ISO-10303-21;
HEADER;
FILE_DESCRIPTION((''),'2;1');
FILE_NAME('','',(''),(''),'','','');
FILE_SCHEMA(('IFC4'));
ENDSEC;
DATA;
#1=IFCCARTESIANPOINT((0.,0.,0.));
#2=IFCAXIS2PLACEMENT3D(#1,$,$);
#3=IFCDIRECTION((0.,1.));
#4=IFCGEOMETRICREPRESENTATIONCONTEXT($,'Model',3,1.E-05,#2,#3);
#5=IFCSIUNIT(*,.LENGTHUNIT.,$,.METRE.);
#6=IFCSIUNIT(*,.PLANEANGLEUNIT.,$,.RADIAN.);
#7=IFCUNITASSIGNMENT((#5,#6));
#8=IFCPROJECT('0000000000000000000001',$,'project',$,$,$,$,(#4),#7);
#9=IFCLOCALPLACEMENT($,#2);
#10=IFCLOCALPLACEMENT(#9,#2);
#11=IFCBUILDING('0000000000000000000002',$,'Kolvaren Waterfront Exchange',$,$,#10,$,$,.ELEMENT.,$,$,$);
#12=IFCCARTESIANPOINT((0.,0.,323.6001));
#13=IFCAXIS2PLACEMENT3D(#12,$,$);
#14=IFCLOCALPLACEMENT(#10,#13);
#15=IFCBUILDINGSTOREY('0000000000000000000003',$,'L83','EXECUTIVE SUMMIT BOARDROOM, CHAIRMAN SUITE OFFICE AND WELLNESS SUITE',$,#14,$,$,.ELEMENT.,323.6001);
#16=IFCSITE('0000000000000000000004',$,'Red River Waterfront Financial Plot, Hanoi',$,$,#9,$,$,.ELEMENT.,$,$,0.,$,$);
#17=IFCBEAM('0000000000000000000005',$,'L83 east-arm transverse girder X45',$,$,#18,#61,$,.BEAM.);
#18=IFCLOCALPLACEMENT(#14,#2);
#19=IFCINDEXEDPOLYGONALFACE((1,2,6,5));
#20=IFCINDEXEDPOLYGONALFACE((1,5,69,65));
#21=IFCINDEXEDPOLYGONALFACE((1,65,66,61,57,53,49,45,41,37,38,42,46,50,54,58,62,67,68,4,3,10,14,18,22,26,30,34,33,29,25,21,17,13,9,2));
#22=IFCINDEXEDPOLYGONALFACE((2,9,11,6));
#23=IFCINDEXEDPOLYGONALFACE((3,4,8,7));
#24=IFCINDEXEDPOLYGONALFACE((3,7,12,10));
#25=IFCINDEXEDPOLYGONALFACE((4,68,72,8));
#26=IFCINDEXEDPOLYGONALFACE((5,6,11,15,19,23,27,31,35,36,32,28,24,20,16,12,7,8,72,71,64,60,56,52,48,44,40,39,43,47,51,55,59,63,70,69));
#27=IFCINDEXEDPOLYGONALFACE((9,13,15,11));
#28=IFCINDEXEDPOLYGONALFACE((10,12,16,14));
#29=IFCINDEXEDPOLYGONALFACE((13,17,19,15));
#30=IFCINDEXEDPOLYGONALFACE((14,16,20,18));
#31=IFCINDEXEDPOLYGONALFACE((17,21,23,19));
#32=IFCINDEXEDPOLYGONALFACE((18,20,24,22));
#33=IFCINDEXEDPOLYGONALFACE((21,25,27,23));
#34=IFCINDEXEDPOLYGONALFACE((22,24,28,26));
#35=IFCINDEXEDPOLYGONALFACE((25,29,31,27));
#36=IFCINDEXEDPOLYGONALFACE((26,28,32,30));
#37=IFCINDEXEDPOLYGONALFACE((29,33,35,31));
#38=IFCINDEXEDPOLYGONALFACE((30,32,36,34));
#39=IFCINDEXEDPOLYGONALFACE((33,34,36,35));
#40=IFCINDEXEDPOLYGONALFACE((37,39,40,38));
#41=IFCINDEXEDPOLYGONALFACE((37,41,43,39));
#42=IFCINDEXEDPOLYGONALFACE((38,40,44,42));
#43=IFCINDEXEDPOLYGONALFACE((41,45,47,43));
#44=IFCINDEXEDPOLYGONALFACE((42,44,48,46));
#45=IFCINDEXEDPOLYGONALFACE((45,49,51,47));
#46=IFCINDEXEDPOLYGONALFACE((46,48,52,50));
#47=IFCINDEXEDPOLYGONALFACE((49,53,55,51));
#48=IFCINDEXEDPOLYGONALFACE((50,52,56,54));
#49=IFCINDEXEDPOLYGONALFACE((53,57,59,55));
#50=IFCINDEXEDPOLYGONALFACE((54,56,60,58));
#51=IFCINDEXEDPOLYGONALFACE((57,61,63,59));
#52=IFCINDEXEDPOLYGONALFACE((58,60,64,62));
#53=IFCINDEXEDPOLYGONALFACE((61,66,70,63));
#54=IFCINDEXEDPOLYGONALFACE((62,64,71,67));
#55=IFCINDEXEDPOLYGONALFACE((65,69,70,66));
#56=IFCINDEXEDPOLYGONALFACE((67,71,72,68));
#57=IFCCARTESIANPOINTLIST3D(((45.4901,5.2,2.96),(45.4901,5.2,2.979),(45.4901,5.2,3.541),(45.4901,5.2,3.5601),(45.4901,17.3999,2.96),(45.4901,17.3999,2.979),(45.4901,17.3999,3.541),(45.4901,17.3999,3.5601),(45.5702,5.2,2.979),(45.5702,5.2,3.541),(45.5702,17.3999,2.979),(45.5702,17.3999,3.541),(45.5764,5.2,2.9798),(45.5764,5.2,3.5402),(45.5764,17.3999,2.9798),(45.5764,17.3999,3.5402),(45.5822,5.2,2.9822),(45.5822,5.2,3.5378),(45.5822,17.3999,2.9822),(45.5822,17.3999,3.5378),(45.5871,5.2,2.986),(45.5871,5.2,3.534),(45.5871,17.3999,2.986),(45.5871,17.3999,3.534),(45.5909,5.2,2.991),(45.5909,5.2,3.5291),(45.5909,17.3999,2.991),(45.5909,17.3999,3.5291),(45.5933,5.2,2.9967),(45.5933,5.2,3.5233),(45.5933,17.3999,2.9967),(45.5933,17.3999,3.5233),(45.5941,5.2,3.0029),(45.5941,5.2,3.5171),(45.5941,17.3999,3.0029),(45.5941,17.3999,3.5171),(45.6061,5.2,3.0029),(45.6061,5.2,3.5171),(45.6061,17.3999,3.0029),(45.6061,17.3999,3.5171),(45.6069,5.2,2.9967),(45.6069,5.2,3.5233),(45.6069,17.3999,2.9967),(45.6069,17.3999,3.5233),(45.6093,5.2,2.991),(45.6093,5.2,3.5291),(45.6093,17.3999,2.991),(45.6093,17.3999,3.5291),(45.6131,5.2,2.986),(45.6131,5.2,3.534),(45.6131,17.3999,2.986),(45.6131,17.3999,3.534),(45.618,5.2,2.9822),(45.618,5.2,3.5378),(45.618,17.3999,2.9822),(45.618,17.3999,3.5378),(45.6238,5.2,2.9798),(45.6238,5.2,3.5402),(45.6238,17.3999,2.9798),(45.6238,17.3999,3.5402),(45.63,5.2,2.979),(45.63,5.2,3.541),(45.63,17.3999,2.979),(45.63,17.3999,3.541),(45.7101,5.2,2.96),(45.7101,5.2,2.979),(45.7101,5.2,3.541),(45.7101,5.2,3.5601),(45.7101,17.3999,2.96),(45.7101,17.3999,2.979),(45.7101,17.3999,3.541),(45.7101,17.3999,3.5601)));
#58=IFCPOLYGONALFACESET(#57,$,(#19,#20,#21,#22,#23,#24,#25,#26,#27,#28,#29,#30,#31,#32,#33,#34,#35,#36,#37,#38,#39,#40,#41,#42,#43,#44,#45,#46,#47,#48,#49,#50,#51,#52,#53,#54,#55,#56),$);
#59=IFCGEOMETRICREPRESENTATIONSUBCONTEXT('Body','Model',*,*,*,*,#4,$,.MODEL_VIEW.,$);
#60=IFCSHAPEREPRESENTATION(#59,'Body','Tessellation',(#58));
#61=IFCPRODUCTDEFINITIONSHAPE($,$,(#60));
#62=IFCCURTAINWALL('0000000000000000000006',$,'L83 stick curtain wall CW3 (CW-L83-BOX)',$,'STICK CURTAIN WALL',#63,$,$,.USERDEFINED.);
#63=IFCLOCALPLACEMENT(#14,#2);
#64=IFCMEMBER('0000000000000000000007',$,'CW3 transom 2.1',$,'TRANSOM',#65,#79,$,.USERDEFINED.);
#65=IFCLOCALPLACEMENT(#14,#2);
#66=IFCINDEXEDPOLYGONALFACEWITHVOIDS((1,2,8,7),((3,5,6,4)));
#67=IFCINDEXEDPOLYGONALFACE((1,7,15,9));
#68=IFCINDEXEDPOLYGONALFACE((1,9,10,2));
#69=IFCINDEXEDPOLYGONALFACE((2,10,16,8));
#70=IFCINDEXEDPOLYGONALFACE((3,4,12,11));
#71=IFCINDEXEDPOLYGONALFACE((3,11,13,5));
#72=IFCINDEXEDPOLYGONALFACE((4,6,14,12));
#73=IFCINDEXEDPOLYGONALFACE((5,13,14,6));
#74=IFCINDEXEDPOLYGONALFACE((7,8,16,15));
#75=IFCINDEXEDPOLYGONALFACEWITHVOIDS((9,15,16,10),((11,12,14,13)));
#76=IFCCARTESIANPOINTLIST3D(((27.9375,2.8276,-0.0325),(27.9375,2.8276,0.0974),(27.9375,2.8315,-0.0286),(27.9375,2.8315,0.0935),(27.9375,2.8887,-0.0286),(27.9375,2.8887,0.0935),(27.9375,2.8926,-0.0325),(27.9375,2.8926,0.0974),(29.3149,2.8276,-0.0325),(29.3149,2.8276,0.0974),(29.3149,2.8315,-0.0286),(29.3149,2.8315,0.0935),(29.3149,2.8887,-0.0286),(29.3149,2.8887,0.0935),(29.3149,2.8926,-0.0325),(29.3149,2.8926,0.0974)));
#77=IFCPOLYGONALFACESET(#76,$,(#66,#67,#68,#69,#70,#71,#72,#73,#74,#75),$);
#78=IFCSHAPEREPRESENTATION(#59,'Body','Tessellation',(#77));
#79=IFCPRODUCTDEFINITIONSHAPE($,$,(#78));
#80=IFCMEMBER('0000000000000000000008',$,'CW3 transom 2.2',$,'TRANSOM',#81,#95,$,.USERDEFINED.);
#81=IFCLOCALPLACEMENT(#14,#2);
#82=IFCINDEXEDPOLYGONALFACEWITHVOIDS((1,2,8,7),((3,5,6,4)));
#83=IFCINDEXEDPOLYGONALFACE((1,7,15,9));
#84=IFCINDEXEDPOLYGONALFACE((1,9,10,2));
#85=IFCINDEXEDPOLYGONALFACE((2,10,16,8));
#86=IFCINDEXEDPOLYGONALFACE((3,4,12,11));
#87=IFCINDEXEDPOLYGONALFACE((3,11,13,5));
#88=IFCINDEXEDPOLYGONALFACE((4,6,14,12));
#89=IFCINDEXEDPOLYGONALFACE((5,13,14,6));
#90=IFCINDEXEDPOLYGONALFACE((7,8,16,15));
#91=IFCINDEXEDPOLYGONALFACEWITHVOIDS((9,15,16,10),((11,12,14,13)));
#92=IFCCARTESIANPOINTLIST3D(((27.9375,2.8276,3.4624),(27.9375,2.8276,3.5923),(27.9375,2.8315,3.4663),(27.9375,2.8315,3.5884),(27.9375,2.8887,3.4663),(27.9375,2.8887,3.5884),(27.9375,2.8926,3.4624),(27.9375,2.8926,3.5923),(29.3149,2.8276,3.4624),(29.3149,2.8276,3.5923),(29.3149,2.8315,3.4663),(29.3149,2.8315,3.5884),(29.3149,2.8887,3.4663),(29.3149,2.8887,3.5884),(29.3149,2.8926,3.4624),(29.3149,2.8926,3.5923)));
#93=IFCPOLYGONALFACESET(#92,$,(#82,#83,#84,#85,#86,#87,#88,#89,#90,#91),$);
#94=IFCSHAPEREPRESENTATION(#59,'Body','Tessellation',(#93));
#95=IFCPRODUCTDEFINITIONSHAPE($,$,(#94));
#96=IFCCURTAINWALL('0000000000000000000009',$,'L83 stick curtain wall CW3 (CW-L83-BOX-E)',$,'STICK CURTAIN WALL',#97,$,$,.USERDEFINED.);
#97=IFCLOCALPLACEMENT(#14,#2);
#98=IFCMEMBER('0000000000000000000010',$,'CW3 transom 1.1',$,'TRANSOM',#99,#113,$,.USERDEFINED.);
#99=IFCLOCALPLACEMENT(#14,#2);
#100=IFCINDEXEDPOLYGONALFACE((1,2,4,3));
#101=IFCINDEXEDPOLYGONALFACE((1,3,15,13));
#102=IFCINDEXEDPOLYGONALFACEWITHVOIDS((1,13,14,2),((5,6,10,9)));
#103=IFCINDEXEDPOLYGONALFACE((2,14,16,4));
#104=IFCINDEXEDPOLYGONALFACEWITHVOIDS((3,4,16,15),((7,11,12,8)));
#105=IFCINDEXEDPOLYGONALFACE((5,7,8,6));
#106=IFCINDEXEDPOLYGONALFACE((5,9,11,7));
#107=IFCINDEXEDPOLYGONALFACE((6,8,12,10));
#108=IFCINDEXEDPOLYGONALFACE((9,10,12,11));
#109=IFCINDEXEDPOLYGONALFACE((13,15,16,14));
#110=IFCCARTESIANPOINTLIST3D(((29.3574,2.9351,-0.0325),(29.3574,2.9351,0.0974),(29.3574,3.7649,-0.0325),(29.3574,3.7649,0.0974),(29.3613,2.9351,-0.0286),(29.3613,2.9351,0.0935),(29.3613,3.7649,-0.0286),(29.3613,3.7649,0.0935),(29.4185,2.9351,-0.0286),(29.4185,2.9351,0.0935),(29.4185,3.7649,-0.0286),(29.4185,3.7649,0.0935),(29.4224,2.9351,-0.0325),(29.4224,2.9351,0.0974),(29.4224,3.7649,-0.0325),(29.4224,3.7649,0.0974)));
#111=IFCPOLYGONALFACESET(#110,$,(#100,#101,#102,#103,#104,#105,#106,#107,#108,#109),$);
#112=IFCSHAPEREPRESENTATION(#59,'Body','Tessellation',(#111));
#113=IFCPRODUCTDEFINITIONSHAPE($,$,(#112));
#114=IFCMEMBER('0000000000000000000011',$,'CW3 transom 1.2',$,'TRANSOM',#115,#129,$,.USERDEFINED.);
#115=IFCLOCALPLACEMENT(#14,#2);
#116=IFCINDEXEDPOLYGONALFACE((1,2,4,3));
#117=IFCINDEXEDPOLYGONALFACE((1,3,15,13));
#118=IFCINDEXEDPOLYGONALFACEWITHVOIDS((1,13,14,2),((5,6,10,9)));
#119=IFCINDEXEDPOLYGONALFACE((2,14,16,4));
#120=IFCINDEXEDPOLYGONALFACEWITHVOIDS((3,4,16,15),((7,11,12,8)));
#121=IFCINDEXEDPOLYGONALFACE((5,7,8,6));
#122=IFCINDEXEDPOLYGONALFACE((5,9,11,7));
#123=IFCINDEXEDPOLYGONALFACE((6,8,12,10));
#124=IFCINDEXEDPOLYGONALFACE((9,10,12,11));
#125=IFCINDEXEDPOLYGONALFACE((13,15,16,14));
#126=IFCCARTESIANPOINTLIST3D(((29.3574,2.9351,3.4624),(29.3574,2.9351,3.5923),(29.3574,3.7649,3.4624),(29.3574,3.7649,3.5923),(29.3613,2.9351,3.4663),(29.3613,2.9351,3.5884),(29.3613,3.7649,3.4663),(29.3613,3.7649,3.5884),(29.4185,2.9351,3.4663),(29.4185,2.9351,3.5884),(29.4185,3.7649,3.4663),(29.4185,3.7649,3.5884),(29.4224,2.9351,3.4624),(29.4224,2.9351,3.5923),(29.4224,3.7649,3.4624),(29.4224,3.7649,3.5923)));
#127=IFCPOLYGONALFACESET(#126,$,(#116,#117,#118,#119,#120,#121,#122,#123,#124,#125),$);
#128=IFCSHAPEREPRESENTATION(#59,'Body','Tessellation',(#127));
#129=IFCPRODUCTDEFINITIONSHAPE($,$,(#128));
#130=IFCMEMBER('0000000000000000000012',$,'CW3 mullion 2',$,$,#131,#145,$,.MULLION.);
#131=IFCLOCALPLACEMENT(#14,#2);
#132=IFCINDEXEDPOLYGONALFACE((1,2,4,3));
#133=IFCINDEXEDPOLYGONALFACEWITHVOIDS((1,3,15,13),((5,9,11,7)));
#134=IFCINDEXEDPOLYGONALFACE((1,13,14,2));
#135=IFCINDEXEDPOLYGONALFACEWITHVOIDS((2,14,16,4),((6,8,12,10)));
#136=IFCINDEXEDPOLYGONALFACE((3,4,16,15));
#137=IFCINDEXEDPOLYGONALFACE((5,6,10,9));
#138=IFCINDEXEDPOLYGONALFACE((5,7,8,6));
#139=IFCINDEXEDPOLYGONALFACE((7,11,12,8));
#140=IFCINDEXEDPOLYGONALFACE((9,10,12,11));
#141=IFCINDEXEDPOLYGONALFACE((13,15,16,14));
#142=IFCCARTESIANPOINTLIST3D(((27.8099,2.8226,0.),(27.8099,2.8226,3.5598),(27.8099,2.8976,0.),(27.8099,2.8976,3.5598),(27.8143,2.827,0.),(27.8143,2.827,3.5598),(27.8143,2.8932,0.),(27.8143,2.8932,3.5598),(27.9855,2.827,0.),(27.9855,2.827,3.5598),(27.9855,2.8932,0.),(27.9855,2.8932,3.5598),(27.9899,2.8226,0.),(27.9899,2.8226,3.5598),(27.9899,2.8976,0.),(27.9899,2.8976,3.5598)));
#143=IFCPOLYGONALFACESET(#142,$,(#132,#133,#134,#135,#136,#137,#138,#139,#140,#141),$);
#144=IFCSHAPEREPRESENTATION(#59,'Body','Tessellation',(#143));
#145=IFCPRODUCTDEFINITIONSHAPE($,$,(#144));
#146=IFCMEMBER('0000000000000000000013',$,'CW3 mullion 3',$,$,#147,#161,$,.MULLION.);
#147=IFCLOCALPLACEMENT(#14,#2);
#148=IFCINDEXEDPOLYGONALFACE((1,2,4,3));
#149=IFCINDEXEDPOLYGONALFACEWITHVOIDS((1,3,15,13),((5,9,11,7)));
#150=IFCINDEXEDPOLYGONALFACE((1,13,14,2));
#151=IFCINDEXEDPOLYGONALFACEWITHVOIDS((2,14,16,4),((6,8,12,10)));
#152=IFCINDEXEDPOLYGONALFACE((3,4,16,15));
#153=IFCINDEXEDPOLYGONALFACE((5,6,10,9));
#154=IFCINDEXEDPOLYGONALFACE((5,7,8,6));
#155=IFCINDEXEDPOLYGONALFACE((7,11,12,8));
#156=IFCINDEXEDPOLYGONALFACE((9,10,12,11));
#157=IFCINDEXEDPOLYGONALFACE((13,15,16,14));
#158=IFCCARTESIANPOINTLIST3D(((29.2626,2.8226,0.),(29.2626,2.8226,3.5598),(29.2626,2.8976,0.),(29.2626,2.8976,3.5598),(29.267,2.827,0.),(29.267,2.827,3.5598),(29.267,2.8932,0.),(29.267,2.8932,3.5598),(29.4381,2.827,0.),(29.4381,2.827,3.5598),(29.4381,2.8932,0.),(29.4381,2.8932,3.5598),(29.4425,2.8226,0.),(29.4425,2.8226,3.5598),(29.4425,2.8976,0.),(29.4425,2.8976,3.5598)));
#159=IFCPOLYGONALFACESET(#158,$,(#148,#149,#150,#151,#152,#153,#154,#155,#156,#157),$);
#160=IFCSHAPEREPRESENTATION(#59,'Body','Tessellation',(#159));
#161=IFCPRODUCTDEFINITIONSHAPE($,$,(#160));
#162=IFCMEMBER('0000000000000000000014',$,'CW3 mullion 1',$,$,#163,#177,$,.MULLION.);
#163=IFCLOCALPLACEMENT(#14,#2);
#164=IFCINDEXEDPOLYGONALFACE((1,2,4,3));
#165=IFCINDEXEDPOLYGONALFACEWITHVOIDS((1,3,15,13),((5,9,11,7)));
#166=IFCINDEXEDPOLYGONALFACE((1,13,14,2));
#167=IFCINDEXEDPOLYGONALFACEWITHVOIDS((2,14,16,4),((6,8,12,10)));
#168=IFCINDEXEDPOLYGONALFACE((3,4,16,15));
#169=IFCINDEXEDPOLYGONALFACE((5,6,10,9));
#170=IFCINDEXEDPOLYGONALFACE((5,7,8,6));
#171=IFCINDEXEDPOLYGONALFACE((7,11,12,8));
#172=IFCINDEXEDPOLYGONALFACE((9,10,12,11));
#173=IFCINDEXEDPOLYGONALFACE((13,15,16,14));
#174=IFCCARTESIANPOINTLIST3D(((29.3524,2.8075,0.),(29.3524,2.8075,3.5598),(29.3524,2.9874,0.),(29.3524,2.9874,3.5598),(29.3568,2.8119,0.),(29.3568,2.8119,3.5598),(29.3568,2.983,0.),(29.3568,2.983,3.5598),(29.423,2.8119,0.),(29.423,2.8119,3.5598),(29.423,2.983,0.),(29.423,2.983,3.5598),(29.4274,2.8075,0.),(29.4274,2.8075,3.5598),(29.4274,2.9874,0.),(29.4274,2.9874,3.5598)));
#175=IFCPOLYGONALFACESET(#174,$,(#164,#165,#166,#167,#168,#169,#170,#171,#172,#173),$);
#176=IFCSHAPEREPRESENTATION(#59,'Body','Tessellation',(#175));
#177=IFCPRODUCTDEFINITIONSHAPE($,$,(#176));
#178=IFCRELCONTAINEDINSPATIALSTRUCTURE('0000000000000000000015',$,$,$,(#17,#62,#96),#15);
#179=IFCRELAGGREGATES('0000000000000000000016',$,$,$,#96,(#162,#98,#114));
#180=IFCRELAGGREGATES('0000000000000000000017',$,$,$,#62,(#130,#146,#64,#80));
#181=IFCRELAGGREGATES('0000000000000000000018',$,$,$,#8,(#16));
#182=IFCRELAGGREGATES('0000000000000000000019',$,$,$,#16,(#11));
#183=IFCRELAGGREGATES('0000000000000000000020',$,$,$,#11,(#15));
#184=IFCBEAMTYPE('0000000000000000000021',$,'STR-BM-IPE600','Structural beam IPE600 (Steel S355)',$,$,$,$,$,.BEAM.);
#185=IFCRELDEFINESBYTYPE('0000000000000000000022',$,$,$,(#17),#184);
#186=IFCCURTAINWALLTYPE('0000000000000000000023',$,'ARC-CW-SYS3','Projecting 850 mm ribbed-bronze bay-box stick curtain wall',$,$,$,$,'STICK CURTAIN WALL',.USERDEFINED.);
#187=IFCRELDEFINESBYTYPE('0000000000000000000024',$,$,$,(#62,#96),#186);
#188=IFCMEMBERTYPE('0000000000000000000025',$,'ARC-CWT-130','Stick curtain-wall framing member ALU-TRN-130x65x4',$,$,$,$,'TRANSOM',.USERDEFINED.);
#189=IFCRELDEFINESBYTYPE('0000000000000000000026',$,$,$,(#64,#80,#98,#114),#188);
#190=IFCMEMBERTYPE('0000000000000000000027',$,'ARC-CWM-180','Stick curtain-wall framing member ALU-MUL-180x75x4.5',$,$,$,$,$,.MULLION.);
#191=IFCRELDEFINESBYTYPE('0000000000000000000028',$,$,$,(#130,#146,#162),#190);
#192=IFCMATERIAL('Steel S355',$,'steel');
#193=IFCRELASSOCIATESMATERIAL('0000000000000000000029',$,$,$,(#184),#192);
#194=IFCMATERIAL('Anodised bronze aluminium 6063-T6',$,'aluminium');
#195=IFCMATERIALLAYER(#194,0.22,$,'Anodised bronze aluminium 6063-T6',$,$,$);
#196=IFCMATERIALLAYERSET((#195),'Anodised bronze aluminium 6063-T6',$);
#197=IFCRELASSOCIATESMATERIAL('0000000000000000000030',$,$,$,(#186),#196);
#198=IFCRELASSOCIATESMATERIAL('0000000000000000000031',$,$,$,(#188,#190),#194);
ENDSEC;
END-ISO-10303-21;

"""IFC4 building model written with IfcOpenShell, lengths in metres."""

from ifc_helpers import new_model, si_unit, direction, frame, origin, origin_with_axes, origin_2d, place, context, subcontext, project, spatial, hollow_rectangle, i_section, extrude, source, transform, mapped, material, layer, layer_set, material_profile, profile_set, type_object, element, aggregate, save


model = new_model("IFC4")

# Units and contexts
model_context = context("Model", 3, precision=1e-05, world=origin(), true_north=direction((0.0, 1.0)))
body_context = subcontext(model_context, "Body", "Model", "MODEL_VIEW")
ifc_project = project(units=[si_unit("LENGTHUNIT", "METRE"), si_unit("PLANEANGLEUNIT", "RADIAN")], contexts=[model_context])

# Site, building, storey
site_placement = place(None, origin())
site = spatial("IfcSite", under=ifc_project, at=site_placement, Name="Red River Waterfront Financial Plot, Hanoi", CompositionType="ELEMENT", RefElevation=0.0)
building_placement = place(site_placement, origin())
building = spatial("IfcBuilding", under=site, at=building_placement, Name="Kolvaren Waterfront Exchange", CompositionType="ELEMENT")
storey_placement = place(building_placement, frame((0.0, 0.0, 323.6001)))
storey = spatial("IfcBuildingStorey", under=building, at=storey_placement, Name="L83", Description="EXECUTIVE SUMMIT BOARDROOM, CHAIRMAN SUITE OFFICE AND WELLNESS SUITE", CompositionType="ELEMENT", Elevation=323.6001)

# Beam
ifc_material_1 = material(Name="Steel S355", Category="steel")
ifc_material_profile_1 = material_profile(ifc_material_1, i_section(OverallWidth=0.22, OverallDepth=0.6001, WebThickness=0.012, FlangeThickness=0.019, FilletRadius=0.0239, at=origin_2d()), Name="IPE600")
ifc_profile_set_1 = profile_set([ifc_material_profile_1], Name="Steel S355")
beam_type_1 = type_object("IfcBeamType", Name="STR-BM-IPE600", Description="Structural beam IPE600 (Steel S355)", PredefinedType="BEAM", material=ifc_profile_set_1)
for number, where, z_axis, x_axis, name in (
    (1, (45.6001, 5.2, 3.26), (0.0, 1.0, 0.0), (-1.0, 0.0, 0.0), "L83 east-arm transverse girder X45"),
):
    element("IfcBeam", number, at=place(storey_placement, frame(where, z_axis=z_axis, x_axis=x_axis)), inside=storey, type_object=beam_type_1, Name=name, PredefinedType="BEAM", context=body_context, shape_type="SweptSolid", body=[
        extrude(i_section(OverallWidth=0.22, OverallDepth=0.6001, WebThickness=0.012, FlangeThickness=0.019, FilletRadius=0.0239, at=origin_2d()), origin(), (0.0, 0.0, 1.0), 12.2),
    ])

# Curtain walls, members
ifc_material_2 = material(Name="Anodised bronze aluminium 6063-T6", Category="aluminium")
ifc_layer_1 = layer(ifc_material_2, 0.22, Name="Anodised bronze aluminium 6063-T6")
ifc_layer_set_1 = layer_set([ifc_layer_1], Name="Anodised bronze aluminium 6063-T6")
curtain_wall_type_1 = type_object("IfcCurtainWallType", Name="ARC-CW-SYS3", Description="Projecting 850 mm ribbed-bronze bay-box stick curtain wall", ElementType="STICK CURTAIN WALL", PredefinedType="USERDEFINED", material=ifc_layer_set_1)
curtain_wall_1_placement = place(storey_placement, origin())
curtain_wall_1 = element("IfcCurtainWall", 2, at=curtain_wall_1_placement, inside=storey, type_object=curtain_wall_type_1, Name="L83 stick curtain wall CW3 (CW-L83-BOX)", ObjectType="STICK CURTAIN WALL", PredefinedType="USERDEFINED")
ifc_material_profile_2 = material_profile(ifc_material_2, hollow_rectangle(XDim=0.0649, YDim=0.1299, WallThickness=0.0039, at=origin_2d()), Name="ALU-TRN-130x65x4")
ifc_profile_set_2 = profile_set([ifc_material_profile_2], Name="Anodised bronze aluminium 6063-T6")
member_type_1 = type_object("IfcMemberType", Name="ARC-CWT-130", Description="Stick curtain-wall framing member ALU-TRN-130x65x4", ElementType="TRANSOM", PredefinedType="USERDEFINED", material=ifc_profile_set_2)
shared_shape_1 = source(origin_with_axes(), body_context, "Body", "SweptSolid", [
    extrude(hollow_rectangle(XDim=0.0649, YDim=0.1299, WallThickness=0.0039, at=origin_2d()), origin(), (0.0, 0.0, 1.0), 1.3774),
])
member_1_placement = place(storey_placement, frame((27.9375, 2.8601, 0.0325), z_axis=(1.0, 0.0, 0.0), x_axis=(0.0, 1.0, 0.0)))
member_1 = element("IfcMember", 3, at=member_1_placement, type_object=member_type_1, Name="CW3 transom 2.1", ObjectType="TRANSOM", PredefinedType="USERDEFINED", context=body_context, shape_type="MappedRepresentation", body=[
    mapped(shared_shape_1, transform((0.0, 0.0, 0.0), x_axis=(1.0, 0.0, 0.0), y_axis=(0.0, 1.0, 0.0), z_axis=(0.0, 0.0, 1.0), scale=1.0)),
])
member_2_placement = place(storey_placement, frame((27.9375, 2.8601, 3.5273), z_axis=(1.0, 0.0, 0.0), x_axis=(0.0, 1.0, 0.0)))
member_2 = element("IfcMember", 4, at=member_2_placement, type_object=member_type_1, Name="CW3 transom 2.2", ObjectType="TRANSOM", PredefinedType="USERDEFINED", context=body_context, shape_type="MappedRepresentation", body=[
    mapped(shared_shape_1, transform((0.0, 0.0, 0.0), x_axis=(1.0, 0.0, 0.0), y_axis=(0.0, 1.0, 0.0), z_axis=(0.0, 0.0, 1.0), scale=1.0)),
])
curtain_wall_2_placement = place(storey_placement, origin())
curtain_wall_2 = element("IfcCurtainWall", 5, at=curtain_wall_2_placement, inside=storey, type_object=curtain_wall_type_1, Name="L83 stick curtain wall CW3 (CW-L83-BOX-E)", ObjectType="STICK CURTAIN WALL", PredefinedType="USERDEFINED")
shared_shape_2 = source(origin_with_axes(), body_context, "Body", "SweptSolid", [
    extrude(hollow_rectangle(XDim=0.0649, YDim=0.1299, WallThickness=0.0039, at=origin_2d()), origin(), (0.0, 0.0, 1.0), 0.8298),
])
member_3_placement = place(storey_placement, frame((29.3899, 2.9351, 0.0325), z_axis=(0.0, 1.0, 0.0), x_axis=(-1.0, 0.0, 0.0)))
member_3 = element("IfcMember", 6, at=member_3_placement, type_object=member_type_1, Name="CW3 transom 1.1", ObjectType="TRANSOM", PredefinedType="USERDEFINED", context=body_context, shape_type="MappedRepresentation", body=[
    mapped(shared_shape_2, transform((0.0, 0.0, 0.0), x_axis=(1.0, 0.0, 0.0), y_axis=(0.0, 1.0, 0.0), z_axis=(0.0, 0.0, 1.0), scale=1.0)),
])
member_4_placement = place(storey_placement, frame((29.3899, 2.9351, 3.5273), z_axis=(0.0, 1.0, 0.0), x_axis=(-1.0, 0.0, 0.0)))
member_4 = element("IfcMember", 7, at=member_4_placement, type_object=member_type_1, Name="CW3 transom 1.2", ObjectType="TRANSOM", PredefinedType="USERDEFINED", context=body_context, shape_type="MappedRepresentation", body=[
    mapped(shared_shape_2, transform((0.0, 0.0, 0.0), x_axis=(1.0, 0.0, 0.0), y_axis=(0.0, 1.0, 0.0), z_axis=(0.0, 0.0, 1.0), scale=1.0)),
])

# Members
ifc_material_profile_3 = material_profile(ifc_material_2, hollow_rectangle(XDim=0.075, YDim=0.1799, WallThickness=0.0044, at=origin_2d()), Name="ALU-MUL-180x75x4.5")
ifc_profile_set_3 = profile_set([ifc_material_profile_3], Name="Anodised bronze aluminium 6063-T6")
member_type_2 = type_object("IfcMemberType", Name="ARC-CWM-180", Description="Stick curtain-wall framing member ALU-MUL-180x75x4.5", PredefinedType="MULLION", material=ifc_profile_set_3)
shared_shape_3 = source(origin_with_axes(), body_context, "Body", "SweptSolid", [
    extrude(hollow_rectangle(XDim=0.075, YDim=0.1799, WallThickness=0.0044, at=origin_2d()), origin(), (0.0, 0.0, 1.0), 3.5598),
])
member_5_placement = place(storey_placement, frame((27.8999, 2.8601, 0.0), z_axis=(0.0, 0.0, 1.0), x_axis=(0.0, 1.0, 0.0)))
member_5 = element("IfcMember", 8, at=member_5_placement, type_object=member_type_2, Name="CW3 mullion 2", PredefinedType="MULLION", context=body_context, shape_type="MappedRepresentation", body=[
    mapped(shared_shape_3, transform((0.0, 0.0, 0.0), x_axis=(1.0, 0.0, 0.0), y_axis=(0.0, 1.0, 0.0), z_axis=(0.0, 0.0, 1.0), scale=1.0)),
])
member_6_placement = place(storey_placement, frame((29.3525, 2.8601, 0.0), z_axis=(0.0, 0.0, 1.0), x_axis=(0.0, 1.0, 0.0)))
member_6 = element("IfcMember", 9, at=member_6_placement, type_object=member_type_2, Name="CW3 mullion 3", PredefinedType="MULLION", context=body_context, shape_type="MappedRepresentation", body=[
    mapped(shared_shape_3, transform((0.0, 0.0, 0.0), x_axis=(1.0, 0.0, 0.0), y_axis=(0.0, 1.0, 0.0), z_axis=(0.0, 0.0, 1.0), scale=1.0)),
])
member_7_placement = place(storey_placement, frame((29.3899, 2.8975, 0.0), z_axis=(0.0, 0.0, 1.0), x_axis=(-1.0, 0.0, 0.0)))
member_7 = element("IfcMember", 10, at=member_7_placement, type_object=member_type_2, Name="CW3 mullion 1", PredefinedType="MULLION", context=body_context, shape_type="MappedRepresentation", body=[
    mapped(shared_shape_3, transform((0.0, 0.0, 0.0), x_axis=(1.0, 0.0, 0.0), y_axis=(0.0, 1.0, 0.0), z_axis=(0.0, 0.0, 1.0), scale=1.0)),
])

aggregate(curtain_wall_2, [member_7, member_3, member_4])
aggregate(curtain_wall_1, [member_5, member_6, member_1, member_2])

save(model, "model.ifc")
